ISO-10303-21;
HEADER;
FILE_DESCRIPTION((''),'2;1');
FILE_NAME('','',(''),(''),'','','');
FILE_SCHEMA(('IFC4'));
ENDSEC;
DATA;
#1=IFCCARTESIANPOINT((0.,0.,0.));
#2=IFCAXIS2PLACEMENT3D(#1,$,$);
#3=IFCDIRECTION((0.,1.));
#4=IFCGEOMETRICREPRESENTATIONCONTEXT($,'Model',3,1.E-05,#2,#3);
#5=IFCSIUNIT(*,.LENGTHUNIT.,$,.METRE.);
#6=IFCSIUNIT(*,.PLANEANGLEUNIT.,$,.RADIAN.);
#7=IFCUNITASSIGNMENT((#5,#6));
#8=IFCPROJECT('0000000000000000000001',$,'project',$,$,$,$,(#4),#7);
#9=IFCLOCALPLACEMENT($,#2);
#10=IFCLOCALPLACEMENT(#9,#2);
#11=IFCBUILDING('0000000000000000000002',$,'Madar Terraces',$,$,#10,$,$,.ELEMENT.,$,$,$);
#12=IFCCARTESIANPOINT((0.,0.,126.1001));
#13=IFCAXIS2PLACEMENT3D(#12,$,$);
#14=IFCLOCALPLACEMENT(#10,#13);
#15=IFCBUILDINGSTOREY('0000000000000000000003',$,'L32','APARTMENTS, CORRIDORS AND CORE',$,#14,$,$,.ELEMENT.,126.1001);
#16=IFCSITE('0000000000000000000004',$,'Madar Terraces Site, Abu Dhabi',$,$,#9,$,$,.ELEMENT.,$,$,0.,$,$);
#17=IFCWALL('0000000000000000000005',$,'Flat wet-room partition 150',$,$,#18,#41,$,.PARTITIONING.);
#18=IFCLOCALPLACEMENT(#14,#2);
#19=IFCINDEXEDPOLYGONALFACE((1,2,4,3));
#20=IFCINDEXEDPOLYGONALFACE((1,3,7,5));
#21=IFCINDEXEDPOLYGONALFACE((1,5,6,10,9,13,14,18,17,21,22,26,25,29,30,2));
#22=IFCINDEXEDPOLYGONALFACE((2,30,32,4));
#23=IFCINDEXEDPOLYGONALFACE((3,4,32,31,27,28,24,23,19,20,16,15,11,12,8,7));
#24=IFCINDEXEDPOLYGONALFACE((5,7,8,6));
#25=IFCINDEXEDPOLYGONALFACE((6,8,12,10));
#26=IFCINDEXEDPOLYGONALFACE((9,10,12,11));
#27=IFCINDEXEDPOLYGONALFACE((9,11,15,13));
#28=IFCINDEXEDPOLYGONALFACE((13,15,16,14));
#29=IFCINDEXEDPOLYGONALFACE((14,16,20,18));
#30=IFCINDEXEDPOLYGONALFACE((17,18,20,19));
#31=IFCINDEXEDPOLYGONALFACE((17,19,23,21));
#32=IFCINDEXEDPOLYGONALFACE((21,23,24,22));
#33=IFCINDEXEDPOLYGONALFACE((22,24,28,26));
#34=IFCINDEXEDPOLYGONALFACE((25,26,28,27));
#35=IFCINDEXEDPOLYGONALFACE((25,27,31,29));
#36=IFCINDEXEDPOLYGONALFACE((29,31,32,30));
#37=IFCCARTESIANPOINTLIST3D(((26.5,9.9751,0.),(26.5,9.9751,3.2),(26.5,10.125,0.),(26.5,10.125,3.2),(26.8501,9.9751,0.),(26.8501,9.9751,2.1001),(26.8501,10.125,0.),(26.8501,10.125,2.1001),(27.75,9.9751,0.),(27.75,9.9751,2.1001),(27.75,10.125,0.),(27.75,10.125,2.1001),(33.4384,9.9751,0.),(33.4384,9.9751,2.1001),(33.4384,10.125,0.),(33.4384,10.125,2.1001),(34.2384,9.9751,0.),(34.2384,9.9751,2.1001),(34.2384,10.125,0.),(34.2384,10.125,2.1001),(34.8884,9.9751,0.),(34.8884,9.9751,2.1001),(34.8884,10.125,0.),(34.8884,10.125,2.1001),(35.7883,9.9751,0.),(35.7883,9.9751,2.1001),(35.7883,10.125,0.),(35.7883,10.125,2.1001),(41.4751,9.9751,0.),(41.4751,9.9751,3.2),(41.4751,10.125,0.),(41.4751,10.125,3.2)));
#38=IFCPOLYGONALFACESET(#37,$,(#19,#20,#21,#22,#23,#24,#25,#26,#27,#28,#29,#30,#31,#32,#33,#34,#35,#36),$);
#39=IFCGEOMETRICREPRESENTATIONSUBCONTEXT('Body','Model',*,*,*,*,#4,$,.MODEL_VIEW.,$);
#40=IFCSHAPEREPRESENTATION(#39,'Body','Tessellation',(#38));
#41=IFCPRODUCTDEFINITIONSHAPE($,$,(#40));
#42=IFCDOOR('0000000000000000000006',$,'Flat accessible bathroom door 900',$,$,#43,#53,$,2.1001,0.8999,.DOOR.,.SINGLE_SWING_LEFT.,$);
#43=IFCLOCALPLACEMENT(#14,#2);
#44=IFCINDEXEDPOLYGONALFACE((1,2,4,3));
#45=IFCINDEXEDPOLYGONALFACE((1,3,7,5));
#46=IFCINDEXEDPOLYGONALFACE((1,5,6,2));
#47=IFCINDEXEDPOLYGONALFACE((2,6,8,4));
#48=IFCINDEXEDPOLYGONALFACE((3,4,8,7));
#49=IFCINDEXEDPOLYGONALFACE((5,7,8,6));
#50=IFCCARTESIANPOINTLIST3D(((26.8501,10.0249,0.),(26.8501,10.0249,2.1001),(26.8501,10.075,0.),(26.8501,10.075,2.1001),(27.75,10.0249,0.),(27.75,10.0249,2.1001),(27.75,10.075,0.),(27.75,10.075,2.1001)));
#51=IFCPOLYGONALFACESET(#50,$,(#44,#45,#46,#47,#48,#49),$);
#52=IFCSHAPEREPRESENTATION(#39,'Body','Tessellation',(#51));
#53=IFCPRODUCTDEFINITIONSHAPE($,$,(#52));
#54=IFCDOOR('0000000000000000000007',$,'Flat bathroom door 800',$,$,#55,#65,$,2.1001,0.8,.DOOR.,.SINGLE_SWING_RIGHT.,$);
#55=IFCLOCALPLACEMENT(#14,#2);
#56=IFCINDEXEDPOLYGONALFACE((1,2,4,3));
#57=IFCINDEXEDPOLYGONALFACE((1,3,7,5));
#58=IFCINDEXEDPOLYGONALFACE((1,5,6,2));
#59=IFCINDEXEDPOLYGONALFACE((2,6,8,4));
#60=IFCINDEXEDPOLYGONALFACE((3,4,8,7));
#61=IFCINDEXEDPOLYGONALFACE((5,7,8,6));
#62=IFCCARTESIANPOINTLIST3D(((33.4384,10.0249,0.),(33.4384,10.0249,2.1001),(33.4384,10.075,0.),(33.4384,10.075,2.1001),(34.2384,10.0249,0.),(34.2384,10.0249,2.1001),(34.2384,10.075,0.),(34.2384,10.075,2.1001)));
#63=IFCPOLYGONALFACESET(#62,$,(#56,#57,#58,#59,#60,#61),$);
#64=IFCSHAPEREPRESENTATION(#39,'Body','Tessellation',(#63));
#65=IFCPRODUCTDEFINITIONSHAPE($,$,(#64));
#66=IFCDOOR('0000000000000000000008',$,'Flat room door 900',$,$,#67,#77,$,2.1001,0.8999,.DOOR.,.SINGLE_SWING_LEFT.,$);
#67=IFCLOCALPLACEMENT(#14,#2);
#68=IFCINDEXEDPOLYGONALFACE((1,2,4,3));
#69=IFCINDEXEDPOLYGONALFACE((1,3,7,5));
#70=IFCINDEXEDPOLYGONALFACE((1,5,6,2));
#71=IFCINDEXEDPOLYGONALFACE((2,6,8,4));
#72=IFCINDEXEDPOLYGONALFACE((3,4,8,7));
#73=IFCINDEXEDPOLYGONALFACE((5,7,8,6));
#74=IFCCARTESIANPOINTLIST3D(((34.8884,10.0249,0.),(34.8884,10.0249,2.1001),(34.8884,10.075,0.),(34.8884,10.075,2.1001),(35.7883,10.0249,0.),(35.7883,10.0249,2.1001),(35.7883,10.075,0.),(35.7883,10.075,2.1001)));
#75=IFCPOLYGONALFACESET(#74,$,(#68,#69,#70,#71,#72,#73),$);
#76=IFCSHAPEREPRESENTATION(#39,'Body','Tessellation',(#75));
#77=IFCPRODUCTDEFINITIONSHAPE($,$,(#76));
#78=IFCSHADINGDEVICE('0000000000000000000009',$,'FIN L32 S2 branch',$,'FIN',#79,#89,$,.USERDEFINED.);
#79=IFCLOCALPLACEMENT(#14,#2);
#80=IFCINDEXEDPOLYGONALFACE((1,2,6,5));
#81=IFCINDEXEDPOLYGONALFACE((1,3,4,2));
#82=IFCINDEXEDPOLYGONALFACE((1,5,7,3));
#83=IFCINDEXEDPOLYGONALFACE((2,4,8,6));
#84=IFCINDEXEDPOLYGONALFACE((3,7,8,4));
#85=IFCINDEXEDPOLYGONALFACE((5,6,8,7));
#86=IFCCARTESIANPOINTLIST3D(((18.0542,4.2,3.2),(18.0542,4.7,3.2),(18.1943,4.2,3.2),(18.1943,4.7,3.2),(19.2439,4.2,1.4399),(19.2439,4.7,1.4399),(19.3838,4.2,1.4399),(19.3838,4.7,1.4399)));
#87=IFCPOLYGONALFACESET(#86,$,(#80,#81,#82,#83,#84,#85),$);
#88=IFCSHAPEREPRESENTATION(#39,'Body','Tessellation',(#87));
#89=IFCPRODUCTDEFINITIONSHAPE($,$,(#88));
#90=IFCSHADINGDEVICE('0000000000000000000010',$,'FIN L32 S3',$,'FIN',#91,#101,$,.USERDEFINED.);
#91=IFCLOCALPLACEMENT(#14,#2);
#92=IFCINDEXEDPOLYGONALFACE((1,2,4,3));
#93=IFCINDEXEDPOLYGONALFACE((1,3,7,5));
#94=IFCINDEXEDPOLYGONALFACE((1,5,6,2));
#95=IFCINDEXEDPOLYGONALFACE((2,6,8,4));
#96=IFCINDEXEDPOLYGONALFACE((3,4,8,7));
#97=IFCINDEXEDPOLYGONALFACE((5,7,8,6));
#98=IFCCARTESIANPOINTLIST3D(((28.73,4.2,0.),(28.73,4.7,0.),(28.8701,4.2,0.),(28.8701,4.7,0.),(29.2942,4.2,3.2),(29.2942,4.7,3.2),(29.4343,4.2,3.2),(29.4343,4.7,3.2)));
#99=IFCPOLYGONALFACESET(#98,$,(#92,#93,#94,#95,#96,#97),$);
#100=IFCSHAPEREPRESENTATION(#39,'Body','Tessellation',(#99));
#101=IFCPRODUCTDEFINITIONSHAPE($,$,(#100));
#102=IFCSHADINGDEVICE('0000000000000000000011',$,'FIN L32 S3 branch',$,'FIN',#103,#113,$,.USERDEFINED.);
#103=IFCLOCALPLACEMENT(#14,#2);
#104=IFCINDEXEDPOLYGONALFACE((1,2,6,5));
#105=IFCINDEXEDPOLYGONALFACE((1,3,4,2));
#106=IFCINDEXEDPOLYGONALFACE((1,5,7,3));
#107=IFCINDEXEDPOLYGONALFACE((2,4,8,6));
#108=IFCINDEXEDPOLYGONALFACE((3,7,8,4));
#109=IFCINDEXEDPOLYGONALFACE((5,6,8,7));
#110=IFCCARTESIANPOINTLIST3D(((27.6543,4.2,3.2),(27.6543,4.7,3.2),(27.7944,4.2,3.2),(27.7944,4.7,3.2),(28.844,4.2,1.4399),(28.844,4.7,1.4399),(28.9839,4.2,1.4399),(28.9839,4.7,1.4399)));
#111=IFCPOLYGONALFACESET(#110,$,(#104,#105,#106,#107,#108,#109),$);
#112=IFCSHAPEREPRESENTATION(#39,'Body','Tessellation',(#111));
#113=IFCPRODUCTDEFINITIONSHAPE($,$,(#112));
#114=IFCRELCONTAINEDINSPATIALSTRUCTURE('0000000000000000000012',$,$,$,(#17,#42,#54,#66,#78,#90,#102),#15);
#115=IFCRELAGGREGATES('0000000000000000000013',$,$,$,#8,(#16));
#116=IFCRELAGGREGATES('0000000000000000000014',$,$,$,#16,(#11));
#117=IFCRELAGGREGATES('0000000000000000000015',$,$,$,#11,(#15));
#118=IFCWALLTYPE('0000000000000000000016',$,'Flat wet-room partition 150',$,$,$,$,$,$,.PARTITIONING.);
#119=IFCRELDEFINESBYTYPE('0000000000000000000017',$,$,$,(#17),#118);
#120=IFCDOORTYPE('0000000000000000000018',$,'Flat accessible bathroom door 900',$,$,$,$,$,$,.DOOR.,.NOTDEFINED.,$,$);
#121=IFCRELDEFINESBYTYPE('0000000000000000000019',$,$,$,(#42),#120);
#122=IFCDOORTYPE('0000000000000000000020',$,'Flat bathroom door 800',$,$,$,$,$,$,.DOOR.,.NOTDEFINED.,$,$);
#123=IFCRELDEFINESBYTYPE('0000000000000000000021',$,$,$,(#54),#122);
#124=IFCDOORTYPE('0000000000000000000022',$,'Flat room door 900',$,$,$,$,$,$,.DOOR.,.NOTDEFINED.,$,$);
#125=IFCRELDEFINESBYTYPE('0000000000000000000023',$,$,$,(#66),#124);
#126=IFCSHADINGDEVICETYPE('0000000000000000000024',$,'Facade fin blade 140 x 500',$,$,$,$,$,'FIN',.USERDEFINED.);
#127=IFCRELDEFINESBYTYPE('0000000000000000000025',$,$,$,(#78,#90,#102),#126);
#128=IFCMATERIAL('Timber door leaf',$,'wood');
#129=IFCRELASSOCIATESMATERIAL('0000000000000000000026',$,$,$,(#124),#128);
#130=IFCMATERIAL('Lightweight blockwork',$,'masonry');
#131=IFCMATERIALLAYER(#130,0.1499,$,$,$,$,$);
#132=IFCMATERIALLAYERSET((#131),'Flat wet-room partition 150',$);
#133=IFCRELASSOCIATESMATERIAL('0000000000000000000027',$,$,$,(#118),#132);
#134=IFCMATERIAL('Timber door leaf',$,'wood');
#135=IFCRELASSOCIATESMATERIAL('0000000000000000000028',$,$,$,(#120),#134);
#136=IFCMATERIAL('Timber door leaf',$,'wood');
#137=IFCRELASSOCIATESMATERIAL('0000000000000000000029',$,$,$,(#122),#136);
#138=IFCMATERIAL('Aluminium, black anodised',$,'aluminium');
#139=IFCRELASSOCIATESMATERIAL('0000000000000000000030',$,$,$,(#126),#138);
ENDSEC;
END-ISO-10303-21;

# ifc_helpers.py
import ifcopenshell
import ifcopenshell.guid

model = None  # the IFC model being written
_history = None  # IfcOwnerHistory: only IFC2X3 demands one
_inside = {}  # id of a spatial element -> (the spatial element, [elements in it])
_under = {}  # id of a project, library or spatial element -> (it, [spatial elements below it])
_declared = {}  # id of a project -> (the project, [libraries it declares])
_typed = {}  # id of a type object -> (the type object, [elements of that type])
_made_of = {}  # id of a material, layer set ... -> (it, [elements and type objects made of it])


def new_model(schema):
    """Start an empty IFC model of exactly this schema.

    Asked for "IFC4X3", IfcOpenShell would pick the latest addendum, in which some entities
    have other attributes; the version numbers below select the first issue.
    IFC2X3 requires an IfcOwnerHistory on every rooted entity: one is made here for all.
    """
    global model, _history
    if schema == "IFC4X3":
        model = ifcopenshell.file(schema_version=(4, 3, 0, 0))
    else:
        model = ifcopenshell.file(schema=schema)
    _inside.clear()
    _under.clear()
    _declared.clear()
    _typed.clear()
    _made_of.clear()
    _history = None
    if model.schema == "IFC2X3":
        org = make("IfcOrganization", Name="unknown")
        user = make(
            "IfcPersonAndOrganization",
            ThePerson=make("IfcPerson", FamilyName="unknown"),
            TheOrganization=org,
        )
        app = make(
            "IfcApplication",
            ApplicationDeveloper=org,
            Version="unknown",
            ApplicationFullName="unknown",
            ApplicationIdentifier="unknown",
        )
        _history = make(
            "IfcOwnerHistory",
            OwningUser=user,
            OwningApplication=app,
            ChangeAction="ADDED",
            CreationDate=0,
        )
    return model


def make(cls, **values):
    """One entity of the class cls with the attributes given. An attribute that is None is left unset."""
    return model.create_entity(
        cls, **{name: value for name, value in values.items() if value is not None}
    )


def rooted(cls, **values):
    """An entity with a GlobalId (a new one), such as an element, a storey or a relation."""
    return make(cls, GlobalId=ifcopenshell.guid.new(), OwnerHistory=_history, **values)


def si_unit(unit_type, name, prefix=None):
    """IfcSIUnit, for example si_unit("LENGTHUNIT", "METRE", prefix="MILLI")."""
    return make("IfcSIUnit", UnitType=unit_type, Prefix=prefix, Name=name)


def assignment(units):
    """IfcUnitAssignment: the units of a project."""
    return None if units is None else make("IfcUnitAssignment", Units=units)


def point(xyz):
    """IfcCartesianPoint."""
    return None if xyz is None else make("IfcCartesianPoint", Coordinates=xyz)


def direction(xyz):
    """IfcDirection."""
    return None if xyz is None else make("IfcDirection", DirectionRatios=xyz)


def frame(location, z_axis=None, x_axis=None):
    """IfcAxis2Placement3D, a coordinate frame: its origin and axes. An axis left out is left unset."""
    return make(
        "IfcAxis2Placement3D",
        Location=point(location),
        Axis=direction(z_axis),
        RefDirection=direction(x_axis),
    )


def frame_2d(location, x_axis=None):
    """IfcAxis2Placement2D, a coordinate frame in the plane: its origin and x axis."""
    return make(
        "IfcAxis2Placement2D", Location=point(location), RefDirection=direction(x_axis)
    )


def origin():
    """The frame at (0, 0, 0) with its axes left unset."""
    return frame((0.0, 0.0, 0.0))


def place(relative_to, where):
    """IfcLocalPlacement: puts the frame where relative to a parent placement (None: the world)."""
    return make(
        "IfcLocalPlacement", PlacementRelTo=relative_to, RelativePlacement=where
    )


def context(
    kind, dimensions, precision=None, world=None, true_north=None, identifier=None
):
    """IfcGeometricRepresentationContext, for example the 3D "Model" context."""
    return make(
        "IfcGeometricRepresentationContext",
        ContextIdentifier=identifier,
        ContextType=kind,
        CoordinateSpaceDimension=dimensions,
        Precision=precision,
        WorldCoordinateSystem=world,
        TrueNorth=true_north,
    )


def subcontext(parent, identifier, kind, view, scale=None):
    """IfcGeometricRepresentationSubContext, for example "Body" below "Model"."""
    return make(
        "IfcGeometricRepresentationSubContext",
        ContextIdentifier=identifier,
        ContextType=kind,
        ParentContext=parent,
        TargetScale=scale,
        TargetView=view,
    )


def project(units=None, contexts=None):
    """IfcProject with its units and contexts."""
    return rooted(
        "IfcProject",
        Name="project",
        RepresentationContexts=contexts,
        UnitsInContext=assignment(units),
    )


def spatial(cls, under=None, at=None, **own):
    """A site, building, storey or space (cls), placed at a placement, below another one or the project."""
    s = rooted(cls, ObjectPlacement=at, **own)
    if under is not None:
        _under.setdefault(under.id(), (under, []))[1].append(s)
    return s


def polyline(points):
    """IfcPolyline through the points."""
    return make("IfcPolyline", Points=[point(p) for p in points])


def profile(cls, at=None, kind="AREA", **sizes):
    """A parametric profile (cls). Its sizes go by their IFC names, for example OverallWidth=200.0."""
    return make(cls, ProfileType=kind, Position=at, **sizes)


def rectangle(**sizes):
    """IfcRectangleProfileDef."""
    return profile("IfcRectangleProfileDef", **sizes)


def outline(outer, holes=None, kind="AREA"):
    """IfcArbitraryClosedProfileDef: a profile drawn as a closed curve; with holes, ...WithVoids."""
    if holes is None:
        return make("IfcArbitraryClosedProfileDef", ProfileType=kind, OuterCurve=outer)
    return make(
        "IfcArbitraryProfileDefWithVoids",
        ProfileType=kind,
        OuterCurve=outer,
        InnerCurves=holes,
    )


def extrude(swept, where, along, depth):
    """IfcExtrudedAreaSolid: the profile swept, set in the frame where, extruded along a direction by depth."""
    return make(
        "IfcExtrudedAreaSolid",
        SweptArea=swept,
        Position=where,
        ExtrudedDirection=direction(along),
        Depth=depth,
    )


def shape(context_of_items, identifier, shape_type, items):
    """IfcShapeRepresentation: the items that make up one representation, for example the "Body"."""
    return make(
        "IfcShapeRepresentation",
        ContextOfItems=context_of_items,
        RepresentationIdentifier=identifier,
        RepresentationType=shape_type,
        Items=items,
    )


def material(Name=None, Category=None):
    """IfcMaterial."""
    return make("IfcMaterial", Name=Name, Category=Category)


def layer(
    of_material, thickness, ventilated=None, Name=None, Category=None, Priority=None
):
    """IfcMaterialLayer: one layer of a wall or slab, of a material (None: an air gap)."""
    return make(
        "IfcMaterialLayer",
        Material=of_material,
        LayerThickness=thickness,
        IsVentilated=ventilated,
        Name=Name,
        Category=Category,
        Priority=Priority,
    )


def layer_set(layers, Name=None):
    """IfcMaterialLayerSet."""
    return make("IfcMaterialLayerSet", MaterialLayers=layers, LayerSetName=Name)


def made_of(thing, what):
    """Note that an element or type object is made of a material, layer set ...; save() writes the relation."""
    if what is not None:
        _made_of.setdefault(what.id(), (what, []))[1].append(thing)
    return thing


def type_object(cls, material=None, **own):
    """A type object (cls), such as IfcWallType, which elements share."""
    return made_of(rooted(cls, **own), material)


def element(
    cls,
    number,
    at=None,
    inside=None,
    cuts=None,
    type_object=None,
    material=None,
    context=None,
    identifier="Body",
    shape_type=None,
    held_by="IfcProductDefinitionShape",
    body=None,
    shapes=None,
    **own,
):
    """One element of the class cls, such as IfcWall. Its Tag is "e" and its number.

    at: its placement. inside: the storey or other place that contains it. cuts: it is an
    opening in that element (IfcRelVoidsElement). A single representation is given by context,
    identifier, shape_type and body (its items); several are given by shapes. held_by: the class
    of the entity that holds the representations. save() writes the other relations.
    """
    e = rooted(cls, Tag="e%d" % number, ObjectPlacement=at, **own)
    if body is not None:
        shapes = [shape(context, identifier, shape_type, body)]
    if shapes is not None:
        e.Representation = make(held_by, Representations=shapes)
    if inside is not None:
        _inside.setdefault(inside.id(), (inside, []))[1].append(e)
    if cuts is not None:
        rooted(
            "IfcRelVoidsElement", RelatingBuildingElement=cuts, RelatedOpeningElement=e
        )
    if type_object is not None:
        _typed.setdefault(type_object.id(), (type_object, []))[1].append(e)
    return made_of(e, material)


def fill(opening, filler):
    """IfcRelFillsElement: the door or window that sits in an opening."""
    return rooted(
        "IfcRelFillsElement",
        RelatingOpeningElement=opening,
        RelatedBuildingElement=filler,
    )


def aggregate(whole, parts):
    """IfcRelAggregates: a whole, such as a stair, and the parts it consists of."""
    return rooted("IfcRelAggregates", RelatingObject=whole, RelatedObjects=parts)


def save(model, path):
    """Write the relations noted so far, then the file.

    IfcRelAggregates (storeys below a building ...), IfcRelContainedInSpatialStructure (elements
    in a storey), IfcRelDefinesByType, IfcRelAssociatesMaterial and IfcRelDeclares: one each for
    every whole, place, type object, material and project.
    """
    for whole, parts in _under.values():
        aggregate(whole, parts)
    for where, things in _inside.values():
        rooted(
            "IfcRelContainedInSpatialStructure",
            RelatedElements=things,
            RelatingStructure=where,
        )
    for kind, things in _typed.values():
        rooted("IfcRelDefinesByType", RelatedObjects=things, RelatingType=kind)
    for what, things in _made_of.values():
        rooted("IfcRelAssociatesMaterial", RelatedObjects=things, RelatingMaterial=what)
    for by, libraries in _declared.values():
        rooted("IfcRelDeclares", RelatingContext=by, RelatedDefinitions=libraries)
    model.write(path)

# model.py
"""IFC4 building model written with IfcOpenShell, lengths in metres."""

from ifc_helpers import new_model, si_unit, direction, frame, frame_2d, origin, place, context, subcontext, project, spatial, polyline, rectangle, outline, extrude, material, layer, layer_set, type_object, element, fill, save


model = new_model("IFC4")

# Units and contexts
model_context = context("Model", 3, precision=1e-05, world=origin(), true_north=direction((0.0, 1.0)))
body_context = subcontext(model_context, "Body", "Model", "MODEL_VIEW")
ifc_project = project(units=[si_unit("LENGTHUNIT", "METRE"), si_unit("PLANEANGLEUNIT", "RADIAN")], contexts=[model_context])

# Site, building, storey
site_placement = place(None, origin())
site = spatial("IfcSite", under=ifc_project, at=site_placement, Name="Madar Terraces Site, Abu Dhabi", CompositionType="ELEMENT", RefElevation=0.0)
building_placement = place(site_placement, origin())
building = spatial("IfcBuilding", under=site, at=building_placement, Name="Madar Terraces", CompositionType="ELEMENT")
storey_placement = place(building_placement, frame((0.0, 0.0, 126.1001)))
storey = spatial("IfcBuildingStorey", under=building, at=storey_placement, Name="L32", Description="APARTMENTS, CORRIDORS AND CORE", CompositionType="ELEMENT", Elevation=126.1001)

# Shared definitions
ifc_material_1 = material(Name="Timber door leaf", Category="wood")
door_type_1 = type_object("IfcDoorType", Name="Flat room door 900", OperationType="NOTDEFINED", PredefinedType="DOOR", material=ifc_material_1)

# Shared definitions
ifc_material_2 = material(Name="Lightweight blockwork", Category="masonry")
ifc_layer_1 = layer(ifc_material_2, 0.1499)
ifc_layer_set_1 = layer_set([ifc_layer_1], Name="Flat wet-room partition 150")
wall_type_1 = type_object("IfcWallType", Name="Flat wet-room partition 150", PredefinedType="PARTITIONING", material=ifc_layer_set_1)

# Wall, openings, doors
wall_1_placement = place(storey_placement, frame((26.5, 10.05, 0.0), z_axis=(0.0, 0.0, 1.0), x_axis=(1.0, 0.0, 0.0)))
wall_1 = element("IfcWall", 1, at=wall_1_placement, inside=storey, type_object=wall_type_1, Name="Flat wet-room partition 150", PredefinedType="PARTITIONING", context=body_context, shape_type="SweptSolid", body=[
    extrude(rectangle(XDim=14.9751, YDim=0.1499, at=frame_2d((7.4875, 0.0))), origin(), (0.0, 0.0, 1.0), 3.2),
])
opening_1_placement = place(wall_1_placement, frame((8.3884, 0.0, 0.0)))
opening_1 = element("IfcOpeningElement", 2, at=opening_1_placement, cuts=wall_1, PredefinedType="OPENING", context=body_context, shape_type="SweptSolid", body=[
    extrude(rectangle(XDim=0.8999, YDim=2.1001, at=frame_2d((0.45, 1.05))), frame((0.0, 0.085, 0.0), z_axis=(0.0, -1.0, 0.0), x_axis=(1.0, 0.0, 0.0)), (0.0, 0.0, 1.0), 0.1699),
])
opening_2_placement = place(wall_1_placement, frame((6.9385, 0.0, 0.0)))
opening_2 = element("IfcOpeningElement", 3, at=opening_2_placement, cuts=wall_1, PredefinedType="OPENING", context=body_context, shape_type="SweptSolid", body=[
    extrude(rectangle(XDim=0.8, YDim=2.1001, at=frame_2d((0.3999, 1.05))), frame((0.0, 0.085, 0.0), z_axis=(0.0, -1.0, 0.0), x_axis=(1.0, 0.0, 0.0)), (0.0, 0.0, 1.0), 0.1699),
])
opening_3_placement = place(wall_1_placement, frame((0.3501, 0.0, 0.0)))
opening_3 = element("IfcOpeningElement", 4, at=opening_3_placement, cuts=wall_1, PredefinedType="OPENING", context=body_context, shape_type="SweptSolid", body=[
    extrude(rectangle(XDim=0.8999, YDim=2.1001, at=frame_2d((0.45, 1.05))), frame((0.0, 0.085, 0.0), z_axis=(0.0, -1.0, 0.0), x_axis=(1.0, 0.0, 0.0)), (0.0, 0.0, 1.0), 0.1699),
])
ifc_material_3 = material(Name="Timber door leaf", Category="wood")
door_type_2 = type_object("IfcDoorType", Name="Flat accessible bathroom door 900", OperationType="NOTDEFINED", PredefinedType="DOOR", material=ifc_material_3)
door_1_placement = place(opening_3_placement, origin())
door_1 = element("IfcDoor", 5, at=door_1_placement, inside=storey, type_object=door_type_2, Name="Flat accessible bathroom door 900", OperationType="SINGLE_SWING_LEFT", OverallHeight=2.1001, OverallWidth=0.8999, PredefinedType="DOOR", context=body_context, shape_type="SweptSolid", body=[
    extrude(rectangle(XDim=0.8999, YDim=2.1001, at=frame_2d((0.45, 1.05))), frame((0.0, 0.0249, 0.0), z_axis=(0.0, -1.0, 0.0), x_axis=(1.0, 0.0, 0.0)), (0.0, 0.0, 1.0), 0.05),
])
fill(opening_3, door_1)
ifc_material_4 = material(Name="Timber door leaf", Category="wood")
door_type_3 = type_object("IfcDoorType", Name="Flat bathroom door 800", OperationType="NOTDEFINED", PredefinedType="DOOR", material=ifc_material_4)
door_2_placement = place(opening_2_placement, origin())
door_2 = element("IfcDoor", 6, at=door_2_placement, inside=storey, type_object=door_type_3, Name="Flat bathroom door 800", OperationType="SINGLE_SWING_RIGHT", OverallHeight=2.1001, OverallWidth=0.8, PredefinedType="DOOR", context=body_context, shape_type="SweptSolid", body=[
    extrude(rectangle(XDim=0.8, YDim=2.1001, at=frame_2d((0.3999, 1.05))), frame((0.0, 0.0249, 0.0), z_axis=(0.0, -1.0, 0.0), x_axis=(1.0, 0.0, 0.0)), (0.0, 0.0, 1.0), 0.05),
])
fill(opening_2, door_2)
door_3_placement = place(opening_1_placement, origin())
door_3 = element("IfcDoor", 7, at=door_3_placement, inside=storey, type_object=door_type_1, Name="Flat room door 900", OperationType="SINGLE_SWING_LEFT", OverallHeight=2.1001, OverallWidth=0.8999, PredefinedType="DOOR", context=body_context, shape_type="SweptSolid", body=[
    extrude(rectangle(XDim=0.8999, YDim=2.1001, at=frame_2d((0.45, 1.05))), frame((0.0, 0.0249, 0.0), z_axis=(0.0, -1.0, 0.0), x_axis=(1.0, 0.0, 0.0)), (0.0, 0.0, 1.0), 0.05),
])
fill(opening_1, door_3)

# Shading devices
ifc_material_5 = material(Name="Aluminium, black anodised", Category="aluminium")
shading_device_type = type_object("IfcShadingDeviceType", Name="Facade fin blade 140 x 500", ElementType="FIN", PredefinedType="USERDEFINED", material=ifc_material_5)
shading_device_1_placement = place(storey_placement, frame((19.2439, 4.45, 1.4399), z_axis=(0.0, 0.0, 1.0), x_axis=(1.0, 0.0, 0.0)))
element("IfcShadingDevice", 8, at=shading_device_1_placement, inside=storey, type_object=shading_device_type, Name="FIN L32 S2 branch", ObjectType="FIN", PredefinedType="USERDEFINED", context=body_context, shape_type="SweptSolid", body=[
    extrude(outline(polyline([(0.0, 0.0), (0.1399, 0.0), (-1.0496, 1.76), (-1.1897, 1.76), (0.0, 0.0)])), frame((0.0, 0.25, 0.0), z_axis=(0.0, -1.0, 0.0), x_axis=(1.0, 0.0, 0.0)), (0.0, 0.0, 1.0), 0.5),
])
shading_device_2_placement = place(storey_placement, frame((28.73, 4.45, 0.0), z_axis=(0.0, 0.0, 1.0), x_axis=(1.0, 0.0, 0.0)))
element("IfcShadingDevice", 9, at=shading_device_2_placement, inside=storey, type_object=shading_device_type, Name="FIN L32 S3", ObjectType="FIN", PredefinedType="USERDEFINED", context=body_context, shape_type="SweptSolid", body=[
    extrude(outline(polyline([(0.0, 0.0), (0.1401, 0.0), (0.7043, 3.2), (0.5642, 3.2), (0.0, 0.0)])), frame((0.0, 0.25, 0.0), z_axis=(0.0, -1.0, 0.0), x_axis=(1.0, 0.0, 0.0)), (0.0, 0.0, 1.0), 0.5),
])
shading_device_3_placement = place(storey_placement, frame((28.844, 4.45, 1.4399), z_axis=(0.0, 0.0, 1.0), x_axis=(1.0, 0.0, 0.0)))
element("IfcShadingDevice", 10, at=shading_device_3_placement, inside=storey, type_object=shading_device_type, Name="FIN L32 S3 branch", ObjectType="FIN", PredefinedType="USERDEFINED", context=body_context, shape_type="SweptSolid", body=[
    extrude(outline(polyline([(0.0, 0.0), (0.1399, 0.0), (-1.0496, 1.76), (-1.1897, 1.76), (0.0, 0.0)])), frame((0.0, 0.25, 0.0), z_axis=(0.0, -1.0, 0.0), x_axis=(1.0, 0.0, 0.0)), (0.0, 0.0, 1.0), 0.5),
])

save(model, "model.ifc")
